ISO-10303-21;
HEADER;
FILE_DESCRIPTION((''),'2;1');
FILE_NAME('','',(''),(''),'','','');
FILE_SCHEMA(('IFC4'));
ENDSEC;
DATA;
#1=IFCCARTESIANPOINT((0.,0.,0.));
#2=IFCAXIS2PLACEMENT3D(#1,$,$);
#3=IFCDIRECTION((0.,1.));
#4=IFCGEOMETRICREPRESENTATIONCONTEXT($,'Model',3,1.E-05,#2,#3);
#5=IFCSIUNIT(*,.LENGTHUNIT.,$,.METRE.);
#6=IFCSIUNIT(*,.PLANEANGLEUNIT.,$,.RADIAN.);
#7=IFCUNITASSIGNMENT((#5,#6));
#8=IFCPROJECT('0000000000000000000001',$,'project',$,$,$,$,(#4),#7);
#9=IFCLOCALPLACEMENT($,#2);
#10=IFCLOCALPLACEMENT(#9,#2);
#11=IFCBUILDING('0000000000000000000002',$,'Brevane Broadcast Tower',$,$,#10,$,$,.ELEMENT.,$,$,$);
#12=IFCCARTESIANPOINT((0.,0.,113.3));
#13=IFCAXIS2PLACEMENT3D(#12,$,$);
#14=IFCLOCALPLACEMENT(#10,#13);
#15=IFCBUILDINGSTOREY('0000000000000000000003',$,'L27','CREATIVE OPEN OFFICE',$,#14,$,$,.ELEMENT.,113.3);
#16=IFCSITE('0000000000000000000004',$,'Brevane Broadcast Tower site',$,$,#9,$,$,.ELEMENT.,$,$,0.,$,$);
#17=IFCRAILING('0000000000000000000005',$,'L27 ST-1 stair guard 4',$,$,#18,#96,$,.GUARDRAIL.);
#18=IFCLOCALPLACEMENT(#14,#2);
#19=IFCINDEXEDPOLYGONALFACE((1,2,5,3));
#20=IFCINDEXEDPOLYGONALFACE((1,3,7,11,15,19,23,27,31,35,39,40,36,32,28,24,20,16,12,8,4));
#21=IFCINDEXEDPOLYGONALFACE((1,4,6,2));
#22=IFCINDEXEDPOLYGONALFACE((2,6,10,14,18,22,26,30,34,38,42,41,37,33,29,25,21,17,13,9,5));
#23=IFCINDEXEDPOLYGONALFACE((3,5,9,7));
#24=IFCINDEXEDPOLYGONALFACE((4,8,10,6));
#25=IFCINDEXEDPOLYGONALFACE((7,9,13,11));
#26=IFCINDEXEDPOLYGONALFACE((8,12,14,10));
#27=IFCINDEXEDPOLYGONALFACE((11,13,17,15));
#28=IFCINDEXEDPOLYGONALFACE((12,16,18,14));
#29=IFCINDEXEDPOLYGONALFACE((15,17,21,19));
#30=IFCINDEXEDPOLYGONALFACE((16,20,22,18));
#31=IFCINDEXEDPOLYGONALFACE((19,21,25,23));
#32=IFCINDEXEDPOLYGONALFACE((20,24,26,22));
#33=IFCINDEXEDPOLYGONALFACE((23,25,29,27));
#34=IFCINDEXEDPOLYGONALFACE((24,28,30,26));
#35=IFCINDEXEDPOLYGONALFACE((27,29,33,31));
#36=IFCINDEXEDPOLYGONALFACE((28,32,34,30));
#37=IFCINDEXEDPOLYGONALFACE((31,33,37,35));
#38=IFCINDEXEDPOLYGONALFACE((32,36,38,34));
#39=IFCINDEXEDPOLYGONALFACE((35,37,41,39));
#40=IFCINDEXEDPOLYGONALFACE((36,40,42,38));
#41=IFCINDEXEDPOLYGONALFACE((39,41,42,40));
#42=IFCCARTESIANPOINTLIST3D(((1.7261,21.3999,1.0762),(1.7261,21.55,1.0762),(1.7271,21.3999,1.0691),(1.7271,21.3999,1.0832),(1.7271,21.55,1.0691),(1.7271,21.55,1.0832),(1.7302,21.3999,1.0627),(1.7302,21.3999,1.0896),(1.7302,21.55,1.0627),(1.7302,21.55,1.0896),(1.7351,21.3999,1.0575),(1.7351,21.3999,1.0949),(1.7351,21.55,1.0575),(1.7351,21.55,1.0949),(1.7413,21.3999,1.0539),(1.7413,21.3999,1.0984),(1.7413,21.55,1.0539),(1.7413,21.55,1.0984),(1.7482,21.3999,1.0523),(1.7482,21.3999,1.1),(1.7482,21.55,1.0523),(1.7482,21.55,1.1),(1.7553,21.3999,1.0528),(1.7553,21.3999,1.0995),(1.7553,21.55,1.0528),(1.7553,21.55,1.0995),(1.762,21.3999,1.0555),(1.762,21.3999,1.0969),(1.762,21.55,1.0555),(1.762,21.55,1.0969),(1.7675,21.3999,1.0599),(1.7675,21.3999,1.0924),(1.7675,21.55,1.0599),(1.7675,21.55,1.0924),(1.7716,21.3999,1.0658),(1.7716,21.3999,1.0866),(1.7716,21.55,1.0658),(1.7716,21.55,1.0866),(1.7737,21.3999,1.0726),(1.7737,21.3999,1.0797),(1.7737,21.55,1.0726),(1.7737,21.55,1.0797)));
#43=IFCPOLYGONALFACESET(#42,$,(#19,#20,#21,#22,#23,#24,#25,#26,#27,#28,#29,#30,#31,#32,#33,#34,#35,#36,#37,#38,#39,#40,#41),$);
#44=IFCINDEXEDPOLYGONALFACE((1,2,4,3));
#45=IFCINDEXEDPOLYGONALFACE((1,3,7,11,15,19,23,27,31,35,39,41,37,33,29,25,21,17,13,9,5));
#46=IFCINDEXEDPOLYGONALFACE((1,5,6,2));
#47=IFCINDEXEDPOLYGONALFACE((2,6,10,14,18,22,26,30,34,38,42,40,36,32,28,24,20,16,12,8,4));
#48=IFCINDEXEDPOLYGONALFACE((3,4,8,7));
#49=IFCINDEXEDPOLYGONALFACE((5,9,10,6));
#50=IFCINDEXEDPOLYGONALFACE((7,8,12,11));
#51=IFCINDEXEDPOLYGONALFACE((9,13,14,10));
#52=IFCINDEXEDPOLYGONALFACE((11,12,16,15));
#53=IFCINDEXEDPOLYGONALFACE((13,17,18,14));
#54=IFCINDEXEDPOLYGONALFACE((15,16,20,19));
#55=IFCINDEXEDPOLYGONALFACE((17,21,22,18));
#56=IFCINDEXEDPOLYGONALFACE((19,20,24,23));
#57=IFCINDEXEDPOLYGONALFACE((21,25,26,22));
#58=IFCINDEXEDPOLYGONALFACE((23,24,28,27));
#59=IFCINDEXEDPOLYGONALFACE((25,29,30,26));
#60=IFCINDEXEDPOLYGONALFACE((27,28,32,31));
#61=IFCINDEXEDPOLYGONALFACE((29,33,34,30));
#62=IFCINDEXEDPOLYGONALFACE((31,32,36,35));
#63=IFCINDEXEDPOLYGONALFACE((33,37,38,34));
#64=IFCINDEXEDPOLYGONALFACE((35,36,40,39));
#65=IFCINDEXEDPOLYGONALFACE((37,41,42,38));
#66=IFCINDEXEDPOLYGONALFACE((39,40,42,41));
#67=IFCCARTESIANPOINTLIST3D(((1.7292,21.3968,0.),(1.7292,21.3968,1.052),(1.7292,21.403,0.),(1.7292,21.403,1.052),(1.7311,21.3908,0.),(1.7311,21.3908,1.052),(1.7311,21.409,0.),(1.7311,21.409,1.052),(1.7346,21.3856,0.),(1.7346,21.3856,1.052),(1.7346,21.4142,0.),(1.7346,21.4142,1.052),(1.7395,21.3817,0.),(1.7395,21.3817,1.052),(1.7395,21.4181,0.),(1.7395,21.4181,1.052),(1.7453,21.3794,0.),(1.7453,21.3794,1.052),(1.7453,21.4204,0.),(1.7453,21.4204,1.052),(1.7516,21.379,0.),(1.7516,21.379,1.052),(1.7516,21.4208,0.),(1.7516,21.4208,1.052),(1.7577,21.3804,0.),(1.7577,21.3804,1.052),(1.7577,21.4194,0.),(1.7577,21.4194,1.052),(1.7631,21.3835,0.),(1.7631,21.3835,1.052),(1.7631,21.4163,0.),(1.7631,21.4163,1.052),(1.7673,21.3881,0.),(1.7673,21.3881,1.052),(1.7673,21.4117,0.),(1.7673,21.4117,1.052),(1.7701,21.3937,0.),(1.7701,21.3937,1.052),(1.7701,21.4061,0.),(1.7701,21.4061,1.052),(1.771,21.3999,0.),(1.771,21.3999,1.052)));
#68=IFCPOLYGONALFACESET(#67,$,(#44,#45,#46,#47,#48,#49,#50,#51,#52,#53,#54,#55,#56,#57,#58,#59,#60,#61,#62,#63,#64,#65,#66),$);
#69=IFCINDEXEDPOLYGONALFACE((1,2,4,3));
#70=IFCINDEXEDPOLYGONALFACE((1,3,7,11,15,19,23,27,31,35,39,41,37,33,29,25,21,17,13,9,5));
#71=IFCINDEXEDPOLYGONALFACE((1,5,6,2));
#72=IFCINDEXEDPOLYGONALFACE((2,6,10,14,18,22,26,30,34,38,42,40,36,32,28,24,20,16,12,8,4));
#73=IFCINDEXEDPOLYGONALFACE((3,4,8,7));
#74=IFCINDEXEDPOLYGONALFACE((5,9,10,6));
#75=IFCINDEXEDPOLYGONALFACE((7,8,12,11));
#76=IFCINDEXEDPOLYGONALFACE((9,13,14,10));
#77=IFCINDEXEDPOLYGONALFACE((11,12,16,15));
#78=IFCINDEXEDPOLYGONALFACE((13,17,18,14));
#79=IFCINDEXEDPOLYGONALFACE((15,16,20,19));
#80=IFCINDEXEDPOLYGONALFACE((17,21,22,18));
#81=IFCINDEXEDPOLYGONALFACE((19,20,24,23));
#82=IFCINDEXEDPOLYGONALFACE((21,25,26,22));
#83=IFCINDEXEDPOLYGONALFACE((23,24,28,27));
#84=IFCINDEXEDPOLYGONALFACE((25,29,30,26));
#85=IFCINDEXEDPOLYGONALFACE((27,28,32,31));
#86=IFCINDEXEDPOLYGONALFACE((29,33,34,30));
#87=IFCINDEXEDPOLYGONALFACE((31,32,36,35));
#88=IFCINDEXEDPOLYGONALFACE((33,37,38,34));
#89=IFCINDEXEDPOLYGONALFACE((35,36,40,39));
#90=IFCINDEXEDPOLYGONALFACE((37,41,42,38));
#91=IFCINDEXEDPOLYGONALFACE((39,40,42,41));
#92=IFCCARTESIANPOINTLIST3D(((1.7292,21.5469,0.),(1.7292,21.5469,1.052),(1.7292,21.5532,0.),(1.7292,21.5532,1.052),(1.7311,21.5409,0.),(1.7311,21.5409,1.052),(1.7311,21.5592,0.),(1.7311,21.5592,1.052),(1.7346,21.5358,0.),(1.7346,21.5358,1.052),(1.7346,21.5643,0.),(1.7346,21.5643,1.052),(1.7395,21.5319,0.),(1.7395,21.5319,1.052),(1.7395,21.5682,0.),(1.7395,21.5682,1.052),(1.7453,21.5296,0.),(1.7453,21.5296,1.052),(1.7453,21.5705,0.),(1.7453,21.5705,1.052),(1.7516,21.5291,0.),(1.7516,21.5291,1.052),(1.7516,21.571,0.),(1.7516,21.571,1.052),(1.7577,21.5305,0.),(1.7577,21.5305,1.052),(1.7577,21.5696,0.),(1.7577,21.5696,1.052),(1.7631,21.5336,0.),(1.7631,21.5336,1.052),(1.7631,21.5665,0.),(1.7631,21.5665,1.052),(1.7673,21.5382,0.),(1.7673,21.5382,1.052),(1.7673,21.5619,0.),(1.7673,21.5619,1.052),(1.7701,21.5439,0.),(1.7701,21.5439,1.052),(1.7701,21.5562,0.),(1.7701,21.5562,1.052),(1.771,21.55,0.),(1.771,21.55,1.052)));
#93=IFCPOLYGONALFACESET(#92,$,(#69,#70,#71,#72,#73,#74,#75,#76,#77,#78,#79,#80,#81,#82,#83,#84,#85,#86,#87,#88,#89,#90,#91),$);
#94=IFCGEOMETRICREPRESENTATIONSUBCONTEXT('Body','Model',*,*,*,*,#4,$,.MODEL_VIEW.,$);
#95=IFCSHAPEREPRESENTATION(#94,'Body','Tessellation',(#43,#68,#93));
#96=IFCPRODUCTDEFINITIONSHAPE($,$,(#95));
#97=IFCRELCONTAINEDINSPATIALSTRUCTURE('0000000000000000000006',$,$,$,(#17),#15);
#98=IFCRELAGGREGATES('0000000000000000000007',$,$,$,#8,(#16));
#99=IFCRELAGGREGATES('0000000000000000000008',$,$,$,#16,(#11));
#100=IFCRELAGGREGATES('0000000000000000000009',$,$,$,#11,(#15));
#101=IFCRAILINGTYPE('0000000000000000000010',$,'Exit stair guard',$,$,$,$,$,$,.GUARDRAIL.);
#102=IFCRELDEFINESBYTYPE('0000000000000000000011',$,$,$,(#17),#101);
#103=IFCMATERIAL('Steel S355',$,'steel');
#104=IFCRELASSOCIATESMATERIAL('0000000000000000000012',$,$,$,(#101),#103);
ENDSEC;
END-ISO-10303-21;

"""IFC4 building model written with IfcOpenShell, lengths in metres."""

from ifc_helpers import new_model, si_unit, direction, frame, origin, origin_2d, place, context, subcontext, project, spatial, circle, extrude, material, type_object, element, save


model = new_model("IFC4")

# Units and contexts
model_context = context("Model", 3, precision=1e-05, world=origin(), true_north=direction((0.0, 1.0)))
body_context = subcontext(model_context, "Body", "Model", "MODEL_VIEW")
ifc_project = project(units=[si_unit("LENGTHUNIT", "METRE"), si_unit("PLANEANGLEUNIT", "RADIAN")], contexts=[model_context])

# Site, building, storey
site_placement = place(None, origin())
site = spatial("IfcSite", under=ifc_project, at=site_placement, Name="Brevane Broadcast Tower site", CompositionType="ELEMENT", RefElevation=0.0)
building_placement = place(site_placement, origin())
building = spatial("IfcBuilding", under=site, at=building_placement, Name="Brevane Broadcast Tower", CompositionType="ELEMENT")
storey_placement = place(building_placement, frame((0.0, 0.0, 113.3)))
storey = spatial("IfcBuildingStorey", under=building, at=storey_placement, Name="L27", Description="CREATIVE OPEN OFFICE", CompositionType="ELEMENT", Elevation=113.3)

# Railing
ifc_material_1 = material(Name="Steel S355", Category="steel")
railing_type_1 = type_object("IfcRailingType", Name="Exit stair guard", PredefinedType="GUARDRAIL", material=ifc_material_1)
railing_1_placement = place(storey_placement, frame((1.75, 21.3999, 0.0)))
element("IfcRailing", 1, at=railing_1_placement, inside=storey, type_object=railing_type_1, Name="L27 ST-1 stair guard 4", PredefinedType="GUARDRAIL", context=body_context, shape_type="SweptSolid", body=[
    extrude(circle(Radius=0.0239, at=origin_2d()), frame((0.0, 0.0, 1.0762), z_axis=(0.0, 1.0, 0.0), x_axis=(-1.0, 0.0, 0.0)), (0.0, 0.0, 1.0), 0.1501),
    extrude(circle(Radius=0.021, at=origin_2d()), origin(), (0.0, 0.0, 1.0), 1.052),
    extrude(circle(Radius=0.021, at=origin_2d()), frame((0.0, 0.1501, 0.0)), (0.0, 0.0, 1.0), 1.052),
])

save(model, "model.ifc")
